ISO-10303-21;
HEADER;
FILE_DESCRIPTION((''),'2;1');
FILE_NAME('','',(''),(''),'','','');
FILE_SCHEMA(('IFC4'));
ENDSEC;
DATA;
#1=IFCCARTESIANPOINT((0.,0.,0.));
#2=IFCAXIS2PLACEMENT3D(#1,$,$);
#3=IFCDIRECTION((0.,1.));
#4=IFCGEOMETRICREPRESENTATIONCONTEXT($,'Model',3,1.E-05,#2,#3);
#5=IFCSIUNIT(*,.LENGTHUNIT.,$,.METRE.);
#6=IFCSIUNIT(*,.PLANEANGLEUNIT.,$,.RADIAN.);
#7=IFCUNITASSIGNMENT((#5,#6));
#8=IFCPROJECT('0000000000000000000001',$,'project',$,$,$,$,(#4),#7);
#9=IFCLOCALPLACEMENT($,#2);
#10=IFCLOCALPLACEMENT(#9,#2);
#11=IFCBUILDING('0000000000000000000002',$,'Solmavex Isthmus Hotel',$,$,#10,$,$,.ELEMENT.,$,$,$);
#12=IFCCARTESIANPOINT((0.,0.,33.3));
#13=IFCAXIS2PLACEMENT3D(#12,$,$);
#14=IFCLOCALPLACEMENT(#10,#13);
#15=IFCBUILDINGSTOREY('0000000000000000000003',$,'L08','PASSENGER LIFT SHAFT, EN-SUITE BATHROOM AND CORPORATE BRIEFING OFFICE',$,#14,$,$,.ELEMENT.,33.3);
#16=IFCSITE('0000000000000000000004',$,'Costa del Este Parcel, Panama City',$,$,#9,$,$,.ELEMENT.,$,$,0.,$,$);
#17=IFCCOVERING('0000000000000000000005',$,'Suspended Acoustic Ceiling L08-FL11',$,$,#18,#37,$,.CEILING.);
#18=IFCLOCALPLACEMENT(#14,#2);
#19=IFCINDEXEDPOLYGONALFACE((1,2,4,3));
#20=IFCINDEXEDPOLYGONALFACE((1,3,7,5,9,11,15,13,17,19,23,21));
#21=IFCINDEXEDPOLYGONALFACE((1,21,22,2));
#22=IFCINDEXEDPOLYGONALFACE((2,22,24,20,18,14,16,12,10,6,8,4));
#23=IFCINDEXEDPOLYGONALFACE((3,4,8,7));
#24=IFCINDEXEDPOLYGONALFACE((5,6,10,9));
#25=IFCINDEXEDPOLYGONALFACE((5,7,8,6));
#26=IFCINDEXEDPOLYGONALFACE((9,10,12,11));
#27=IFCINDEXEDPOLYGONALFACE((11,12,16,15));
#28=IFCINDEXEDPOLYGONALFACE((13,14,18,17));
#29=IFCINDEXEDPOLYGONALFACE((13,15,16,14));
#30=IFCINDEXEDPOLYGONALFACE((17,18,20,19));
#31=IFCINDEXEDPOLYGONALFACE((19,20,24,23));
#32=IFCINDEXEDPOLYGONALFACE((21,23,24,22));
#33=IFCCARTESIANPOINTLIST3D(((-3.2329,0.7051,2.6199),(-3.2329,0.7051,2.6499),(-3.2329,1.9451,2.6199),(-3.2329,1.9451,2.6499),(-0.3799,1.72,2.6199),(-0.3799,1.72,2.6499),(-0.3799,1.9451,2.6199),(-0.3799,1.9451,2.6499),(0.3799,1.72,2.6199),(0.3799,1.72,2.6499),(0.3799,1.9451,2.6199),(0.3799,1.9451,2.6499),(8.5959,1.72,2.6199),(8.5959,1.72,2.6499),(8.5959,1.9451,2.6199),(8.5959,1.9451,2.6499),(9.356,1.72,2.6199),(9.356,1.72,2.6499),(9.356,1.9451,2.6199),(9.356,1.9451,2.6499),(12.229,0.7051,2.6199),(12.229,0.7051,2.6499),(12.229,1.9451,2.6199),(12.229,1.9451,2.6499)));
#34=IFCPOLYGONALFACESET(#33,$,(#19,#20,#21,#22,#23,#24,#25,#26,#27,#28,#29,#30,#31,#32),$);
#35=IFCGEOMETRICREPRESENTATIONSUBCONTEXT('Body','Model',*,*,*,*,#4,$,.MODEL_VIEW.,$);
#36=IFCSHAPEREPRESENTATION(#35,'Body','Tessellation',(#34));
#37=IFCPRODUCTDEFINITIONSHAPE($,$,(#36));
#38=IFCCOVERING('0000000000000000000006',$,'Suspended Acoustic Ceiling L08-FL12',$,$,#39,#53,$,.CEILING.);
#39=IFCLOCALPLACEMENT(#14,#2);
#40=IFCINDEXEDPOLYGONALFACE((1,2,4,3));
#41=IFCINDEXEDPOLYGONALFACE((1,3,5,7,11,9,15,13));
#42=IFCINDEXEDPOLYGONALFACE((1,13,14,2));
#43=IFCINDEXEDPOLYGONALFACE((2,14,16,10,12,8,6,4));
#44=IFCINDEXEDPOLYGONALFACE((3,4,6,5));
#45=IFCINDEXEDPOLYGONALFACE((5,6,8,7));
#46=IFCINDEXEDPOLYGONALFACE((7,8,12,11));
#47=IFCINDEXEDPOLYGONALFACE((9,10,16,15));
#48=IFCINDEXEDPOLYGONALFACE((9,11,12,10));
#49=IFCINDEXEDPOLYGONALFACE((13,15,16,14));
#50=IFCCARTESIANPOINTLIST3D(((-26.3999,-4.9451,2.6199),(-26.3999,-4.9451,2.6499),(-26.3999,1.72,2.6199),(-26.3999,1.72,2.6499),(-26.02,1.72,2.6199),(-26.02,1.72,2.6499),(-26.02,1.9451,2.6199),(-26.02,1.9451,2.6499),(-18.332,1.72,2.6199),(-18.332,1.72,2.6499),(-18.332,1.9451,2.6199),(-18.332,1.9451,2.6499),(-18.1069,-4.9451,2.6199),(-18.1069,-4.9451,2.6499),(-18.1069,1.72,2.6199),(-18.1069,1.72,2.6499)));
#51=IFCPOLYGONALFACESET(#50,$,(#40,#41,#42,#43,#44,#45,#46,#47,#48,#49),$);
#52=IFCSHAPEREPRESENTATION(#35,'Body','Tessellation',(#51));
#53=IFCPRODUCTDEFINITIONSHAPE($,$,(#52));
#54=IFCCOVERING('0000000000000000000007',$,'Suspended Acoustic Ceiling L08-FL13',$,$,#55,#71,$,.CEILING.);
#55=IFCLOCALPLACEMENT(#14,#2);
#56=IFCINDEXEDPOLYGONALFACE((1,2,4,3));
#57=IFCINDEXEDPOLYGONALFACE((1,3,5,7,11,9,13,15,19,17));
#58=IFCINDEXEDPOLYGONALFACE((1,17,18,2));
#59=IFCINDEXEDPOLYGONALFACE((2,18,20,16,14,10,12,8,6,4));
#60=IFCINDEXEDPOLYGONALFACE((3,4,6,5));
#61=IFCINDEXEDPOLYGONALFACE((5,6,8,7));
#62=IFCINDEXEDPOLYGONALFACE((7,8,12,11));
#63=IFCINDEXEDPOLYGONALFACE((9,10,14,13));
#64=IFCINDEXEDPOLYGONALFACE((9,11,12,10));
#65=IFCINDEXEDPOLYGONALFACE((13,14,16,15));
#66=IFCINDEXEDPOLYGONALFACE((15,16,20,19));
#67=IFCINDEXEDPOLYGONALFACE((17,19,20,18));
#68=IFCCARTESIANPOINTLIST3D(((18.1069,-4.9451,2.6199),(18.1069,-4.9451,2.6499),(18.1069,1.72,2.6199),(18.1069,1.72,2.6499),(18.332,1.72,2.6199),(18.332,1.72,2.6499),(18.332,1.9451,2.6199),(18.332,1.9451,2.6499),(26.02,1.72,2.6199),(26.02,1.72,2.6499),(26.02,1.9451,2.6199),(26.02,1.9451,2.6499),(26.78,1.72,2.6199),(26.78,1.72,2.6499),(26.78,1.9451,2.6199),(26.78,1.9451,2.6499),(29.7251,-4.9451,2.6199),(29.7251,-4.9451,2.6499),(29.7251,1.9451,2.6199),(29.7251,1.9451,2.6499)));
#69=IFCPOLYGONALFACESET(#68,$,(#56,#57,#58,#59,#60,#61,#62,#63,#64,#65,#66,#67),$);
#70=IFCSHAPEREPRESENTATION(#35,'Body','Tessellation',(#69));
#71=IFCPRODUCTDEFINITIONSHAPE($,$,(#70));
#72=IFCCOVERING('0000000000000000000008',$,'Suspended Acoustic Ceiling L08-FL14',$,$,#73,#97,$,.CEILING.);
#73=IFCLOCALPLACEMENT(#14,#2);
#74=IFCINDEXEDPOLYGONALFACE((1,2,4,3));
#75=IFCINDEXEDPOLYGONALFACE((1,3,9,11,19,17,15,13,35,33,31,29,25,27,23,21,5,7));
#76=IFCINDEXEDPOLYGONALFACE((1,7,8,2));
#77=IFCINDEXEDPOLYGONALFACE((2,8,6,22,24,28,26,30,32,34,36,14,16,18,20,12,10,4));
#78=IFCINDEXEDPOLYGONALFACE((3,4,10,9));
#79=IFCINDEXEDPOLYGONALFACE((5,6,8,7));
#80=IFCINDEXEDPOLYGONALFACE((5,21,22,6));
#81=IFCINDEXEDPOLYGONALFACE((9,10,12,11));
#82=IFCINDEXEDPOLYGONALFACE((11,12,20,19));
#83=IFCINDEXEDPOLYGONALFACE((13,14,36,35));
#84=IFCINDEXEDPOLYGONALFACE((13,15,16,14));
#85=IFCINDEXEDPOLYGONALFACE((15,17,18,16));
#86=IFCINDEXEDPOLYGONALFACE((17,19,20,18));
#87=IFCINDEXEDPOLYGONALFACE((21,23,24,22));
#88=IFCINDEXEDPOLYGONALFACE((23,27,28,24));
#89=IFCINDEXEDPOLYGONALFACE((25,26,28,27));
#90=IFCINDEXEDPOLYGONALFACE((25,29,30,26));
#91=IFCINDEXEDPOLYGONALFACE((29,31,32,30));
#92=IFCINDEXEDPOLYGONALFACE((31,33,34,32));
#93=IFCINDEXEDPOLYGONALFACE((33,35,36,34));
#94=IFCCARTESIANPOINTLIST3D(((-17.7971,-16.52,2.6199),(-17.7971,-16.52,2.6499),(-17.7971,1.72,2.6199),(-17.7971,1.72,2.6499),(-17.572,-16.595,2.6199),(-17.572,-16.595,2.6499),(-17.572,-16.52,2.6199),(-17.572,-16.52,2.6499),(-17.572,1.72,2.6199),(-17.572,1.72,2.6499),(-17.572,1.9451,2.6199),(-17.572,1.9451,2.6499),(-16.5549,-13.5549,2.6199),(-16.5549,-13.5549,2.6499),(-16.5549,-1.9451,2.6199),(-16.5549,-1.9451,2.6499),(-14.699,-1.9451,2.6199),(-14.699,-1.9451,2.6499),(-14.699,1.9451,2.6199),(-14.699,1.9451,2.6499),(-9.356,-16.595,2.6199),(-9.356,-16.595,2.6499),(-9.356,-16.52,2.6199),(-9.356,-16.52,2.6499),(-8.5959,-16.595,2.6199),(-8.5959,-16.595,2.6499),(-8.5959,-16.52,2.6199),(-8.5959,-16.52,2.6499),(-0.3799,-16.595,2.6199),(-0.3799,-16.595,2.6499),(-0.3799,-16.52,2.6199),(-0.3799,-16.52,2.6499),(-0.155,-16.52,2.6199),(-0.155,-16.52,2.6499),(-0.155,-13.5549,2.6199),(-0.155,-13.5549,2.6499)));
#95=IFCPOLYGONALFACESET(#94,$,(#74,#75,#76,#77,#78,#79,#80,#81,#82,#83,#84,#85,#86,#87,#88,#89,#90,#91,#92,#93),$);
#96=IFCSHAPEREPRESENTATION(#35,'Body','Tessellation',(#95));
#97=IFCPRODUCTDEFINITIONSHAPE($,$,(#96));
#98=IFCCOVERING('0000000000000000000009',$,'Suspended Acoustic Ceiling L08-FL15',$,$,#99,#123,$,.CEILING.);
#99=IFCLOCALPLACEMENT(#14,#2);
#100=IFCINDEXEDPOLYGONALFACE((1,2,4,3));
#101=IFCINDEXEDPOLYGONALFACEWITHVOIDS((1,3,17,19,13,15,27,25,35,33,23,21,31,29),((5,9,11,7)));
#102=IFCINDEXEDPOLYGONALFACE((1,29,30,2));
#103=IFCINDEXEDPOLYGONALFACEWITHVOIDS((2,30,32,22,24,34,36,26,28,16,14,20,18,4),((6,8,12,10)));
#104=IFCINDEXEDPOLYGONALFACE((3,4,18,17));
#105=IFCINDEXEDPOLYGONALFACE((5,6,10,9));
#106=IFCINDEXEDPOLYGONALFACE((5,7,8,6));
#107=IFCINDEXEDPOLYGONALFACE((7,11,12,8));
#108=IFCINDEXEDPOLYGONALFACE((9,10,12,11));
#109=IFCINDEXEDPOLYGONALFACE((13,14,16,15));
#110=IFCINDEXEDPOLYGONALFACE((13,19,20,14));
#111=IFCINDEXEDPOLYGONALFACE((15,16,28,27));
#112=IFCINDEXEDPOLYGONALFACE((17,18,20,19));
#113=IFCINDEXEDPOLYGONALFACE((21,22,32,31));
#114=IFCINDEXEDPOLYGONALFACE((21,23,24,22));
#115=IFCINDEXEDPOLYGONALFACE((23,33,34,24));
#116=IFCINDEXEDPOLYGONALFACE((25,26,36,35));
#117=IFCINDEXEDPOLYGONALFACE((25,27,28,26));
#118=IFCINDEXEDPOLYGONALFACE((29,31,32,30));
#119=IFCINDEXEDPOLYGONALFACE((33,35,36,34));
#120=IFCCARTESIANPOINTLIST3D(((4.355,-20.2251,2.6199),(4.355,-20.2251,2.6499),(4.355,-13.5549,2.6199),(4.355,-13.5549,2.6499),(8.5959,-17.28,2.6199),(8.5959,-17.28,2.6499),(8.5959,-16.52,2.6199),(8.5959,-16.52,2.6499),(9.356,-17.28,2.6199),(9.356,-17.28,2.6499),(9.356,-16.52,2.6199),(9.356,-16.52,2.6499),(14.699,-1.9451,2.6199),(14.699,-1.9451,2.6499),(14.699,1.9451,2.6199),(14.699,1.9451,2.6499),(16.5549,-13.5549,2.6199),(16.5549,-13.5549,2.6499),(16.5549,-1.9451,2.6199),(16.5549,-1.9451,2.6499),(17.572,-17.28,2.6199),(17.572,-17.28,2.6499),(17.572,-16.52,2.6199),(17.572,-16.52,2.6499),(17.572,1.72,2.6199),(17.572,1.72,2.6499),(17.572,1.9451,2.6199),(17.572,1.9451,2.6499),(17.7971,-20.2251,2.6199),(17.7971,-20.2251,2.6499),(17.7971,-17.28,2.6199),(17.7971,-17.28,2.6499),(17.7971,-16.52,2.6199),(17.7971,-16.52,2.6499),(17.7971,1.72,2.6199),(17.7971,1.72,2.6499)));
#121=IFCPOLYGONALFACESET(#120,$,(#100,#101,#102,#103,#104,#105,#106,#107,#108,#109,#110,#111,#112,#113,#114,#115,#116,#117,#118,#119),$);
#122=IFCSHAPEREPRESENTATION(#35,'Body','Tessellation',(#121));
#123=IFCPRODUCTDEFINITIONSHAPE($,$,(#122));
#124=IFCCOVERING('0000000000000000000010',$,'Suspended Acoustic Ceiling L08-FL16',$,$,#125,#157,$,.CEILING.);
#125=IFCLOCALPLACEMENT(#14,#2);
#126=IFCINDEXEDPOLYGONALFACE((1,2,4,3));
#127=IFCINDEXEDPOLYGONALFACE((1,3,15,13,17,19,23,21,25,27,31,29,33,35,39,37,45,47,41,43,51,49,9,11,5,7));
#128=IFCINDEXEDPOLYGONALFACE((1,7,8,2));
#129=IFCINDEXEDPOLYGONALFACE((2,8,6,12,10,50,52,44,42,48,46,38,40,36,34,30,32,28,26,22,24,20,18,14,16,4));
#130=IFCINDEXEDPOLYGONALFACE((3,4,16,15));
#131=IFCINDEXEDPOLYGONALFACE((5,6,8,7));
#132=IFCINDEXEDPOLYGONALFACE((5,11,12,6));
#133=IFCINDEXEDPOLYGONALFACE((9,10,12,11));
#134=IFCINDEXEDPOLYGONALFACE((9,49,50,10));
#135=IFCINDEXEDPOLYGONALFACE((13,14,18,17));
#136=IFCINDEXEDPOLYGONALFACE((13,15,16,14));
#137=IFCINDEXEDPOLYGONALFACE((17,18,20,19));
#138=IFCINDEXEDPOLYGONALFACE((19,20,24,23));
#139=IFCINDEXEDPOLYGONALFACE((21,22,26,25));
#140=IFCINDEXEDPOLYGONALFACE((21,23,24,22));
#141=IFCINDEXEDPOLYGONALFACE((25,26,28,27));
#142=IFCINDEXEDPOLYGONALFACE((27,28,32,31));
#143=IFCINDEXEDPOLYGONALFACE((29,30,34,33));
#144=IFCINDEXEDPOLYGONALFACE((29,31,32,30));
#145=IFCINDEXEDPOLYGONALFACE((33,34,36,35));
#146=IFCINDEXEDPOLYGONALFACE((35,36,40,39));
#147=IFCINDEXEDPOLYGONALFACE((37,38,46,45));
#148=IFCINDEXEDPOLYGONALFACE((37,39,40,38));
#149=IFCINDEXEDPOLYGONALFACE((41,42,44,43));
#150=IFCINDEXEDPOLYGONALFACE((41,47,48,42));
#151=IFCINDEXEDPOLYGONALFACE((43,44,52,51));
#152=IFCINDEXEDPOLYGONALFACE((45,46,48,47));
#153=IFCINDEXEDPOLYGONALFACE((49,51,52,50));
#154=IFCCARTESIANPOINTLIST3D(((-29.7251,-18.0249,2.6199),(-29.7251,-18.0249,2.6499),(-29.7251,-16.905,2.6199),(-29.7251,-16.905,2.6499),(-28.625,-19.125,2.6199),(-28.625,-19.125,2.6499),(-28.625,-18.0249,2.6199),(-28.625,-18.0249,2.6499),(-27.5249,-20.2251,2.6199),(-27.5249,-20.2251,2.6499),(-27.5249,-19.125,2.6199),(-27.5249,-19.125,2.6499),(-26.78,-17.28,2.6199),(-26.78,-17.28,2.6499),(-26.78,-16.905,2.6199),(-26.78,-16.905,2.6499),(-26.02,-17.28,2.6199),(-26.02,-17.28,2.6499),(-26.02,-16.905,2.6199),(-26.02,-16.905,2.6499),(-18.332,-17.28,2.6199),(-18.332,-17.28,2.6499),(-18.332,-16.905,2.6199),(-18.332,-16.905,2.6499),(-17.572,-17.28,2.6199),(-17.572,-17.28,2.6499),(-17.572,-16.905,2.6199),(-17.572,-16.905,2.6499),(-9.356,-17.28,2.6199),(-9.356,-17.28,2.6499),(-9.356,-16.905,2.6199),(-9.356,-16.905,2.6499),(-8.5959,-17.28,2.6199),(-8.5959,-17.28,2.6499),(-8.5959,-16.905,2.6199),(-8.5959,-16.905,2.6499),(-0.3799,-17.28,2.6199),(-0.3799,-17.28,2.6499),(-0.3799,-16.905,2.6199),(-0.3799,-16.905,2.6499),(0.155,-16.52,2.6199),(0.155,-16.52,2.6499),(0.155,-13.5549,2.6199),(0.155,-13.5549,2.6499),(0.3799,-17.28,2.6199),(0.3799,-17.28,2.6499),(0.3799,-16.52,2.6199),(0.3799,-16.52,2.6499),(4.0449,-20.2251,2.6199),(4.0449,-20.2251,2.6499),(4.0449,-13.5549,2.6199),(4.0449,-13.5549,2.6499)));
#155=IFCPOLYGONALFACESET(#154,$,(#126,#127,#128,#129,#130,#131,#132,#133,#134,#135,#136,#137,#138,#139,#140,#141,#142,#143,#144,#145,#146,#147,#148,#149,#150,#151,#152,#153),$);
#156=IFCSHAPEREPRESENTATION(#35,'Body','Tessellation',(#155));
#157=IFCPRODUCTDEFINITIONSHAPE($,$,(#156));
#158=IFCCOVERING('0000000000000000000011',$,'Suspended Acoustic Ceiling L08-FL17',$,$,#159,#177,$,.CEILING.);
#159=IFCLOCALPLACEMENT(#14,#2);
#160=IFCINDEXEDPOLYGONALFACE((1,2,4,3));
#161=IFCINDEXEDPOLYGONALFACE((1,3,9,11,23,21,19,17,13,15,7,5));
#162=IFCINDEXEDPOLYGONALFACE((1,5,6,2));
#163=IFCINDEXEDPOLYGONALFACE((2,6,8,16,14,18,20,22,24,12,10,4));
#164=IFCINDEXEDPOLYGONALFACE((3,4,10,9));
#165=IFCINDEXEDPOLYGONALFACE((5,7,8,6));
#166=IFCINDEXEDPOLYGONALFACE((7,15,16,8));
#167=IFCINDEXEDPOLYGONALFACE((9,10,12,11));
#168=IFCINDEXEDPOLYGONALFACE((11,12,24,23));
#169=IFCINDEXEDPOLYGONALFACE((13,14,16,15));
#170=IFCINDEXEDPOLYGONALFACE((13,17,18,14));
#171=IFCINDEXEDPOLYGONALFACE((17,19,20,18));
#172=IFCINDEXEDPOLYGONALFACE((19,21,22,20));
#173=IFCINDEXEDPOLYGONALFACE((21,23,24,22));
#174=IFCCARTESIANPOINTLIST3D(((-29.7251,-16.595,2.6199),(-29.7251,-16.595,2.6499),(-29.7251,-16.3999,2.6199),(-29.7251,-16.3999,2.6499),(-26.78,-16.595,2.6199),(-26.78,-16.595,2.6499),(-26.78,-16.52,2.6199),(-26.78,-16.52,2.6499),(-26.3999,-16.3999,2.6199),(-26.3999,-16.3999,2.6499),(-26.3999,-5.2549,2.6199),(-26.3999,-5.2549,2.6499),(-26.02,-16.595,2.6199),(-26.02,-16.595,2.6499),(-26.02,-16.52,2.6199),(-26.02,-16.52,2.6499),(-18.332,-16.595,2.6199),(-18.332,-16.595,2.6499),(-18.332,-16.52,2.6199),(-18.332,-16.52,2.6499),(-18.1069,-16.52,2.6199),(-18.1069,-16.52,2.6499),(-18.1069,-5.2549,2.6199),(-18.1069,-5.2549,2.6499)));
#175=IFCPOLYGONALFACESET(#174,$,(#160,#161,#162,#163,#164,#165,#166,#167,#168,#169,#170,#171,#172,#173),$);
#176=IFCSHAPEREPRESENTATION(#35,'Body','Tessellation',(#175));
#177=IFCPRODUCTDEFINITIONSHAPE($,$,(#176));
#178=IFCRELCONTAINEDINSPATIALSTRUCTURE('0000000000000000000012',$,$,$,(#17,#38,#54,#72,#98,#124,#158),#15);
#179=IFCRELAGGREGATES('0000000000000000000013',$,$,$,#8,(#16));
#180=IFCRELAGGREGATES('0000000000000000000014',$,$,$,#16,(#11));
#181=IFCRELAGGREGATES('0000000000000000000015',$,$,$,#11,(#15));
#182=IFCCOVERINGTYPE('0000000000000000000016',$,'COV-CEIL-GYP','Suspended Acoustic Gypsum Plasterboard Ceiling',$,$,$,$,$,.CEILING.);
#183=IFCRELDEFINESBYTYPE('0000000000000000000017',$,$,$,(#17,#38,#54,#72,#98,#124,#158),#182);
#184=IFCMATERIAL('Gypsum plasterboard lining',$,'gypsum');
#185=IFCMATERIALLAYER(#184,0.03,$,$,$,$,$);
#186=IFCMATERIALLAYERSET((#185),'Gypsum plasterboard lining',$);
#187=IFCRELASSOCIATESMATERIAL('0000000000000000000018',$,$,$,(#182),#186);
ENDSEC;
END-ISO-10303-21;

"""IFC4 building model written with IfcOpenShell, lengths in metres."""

from ifc_helpers import new_model, si_unit, direction, frame, origin, place, context, subcontext, project, spatial, polyline, outline, extrude, material, layer, layer_set, type_object, element, save


model = new_model("IFC4")

# Units and contexts
model_context = context("Model", 3, precision=1e-05, world=origin(), true_north=direction((0.0, 1.0)))
body_context = subcontext(model_context, "Body", "Model", "MODEL_VIEW")
ifc_project = project(units=[si_unit("LENGTHUNIT", "METRE"), si_unit("PLANEANGLEUNIT", "RADIAN")], contexts=[model_context])

# Site, building, storey
site_placement = place(None, origin())
site = spatial("IfcSite", under=ifc_project, at=site_placement, Name="Costa del Este Parcel, Panama City", CompositionType="ELEMENT", RefElevation=0.0)
building_placement = place(site_placement, origin())
building = spatial("IfcBuilding", under=site, at=building_placement, Name="Solmavex Isthmus Hotel", CompositionType="ELEMENT")
storey_placement = place(building_placement, frame((0.0, 0.0, 33.3)))
storey = spatial("IfcBuildingStorey", under=building, at=storey_placement, Name="L08", Description="PASSENGER LIFT SHAFT, EN-SUITE BATHROOM AND CORPORATE BRIEFING OFFICE", CompositionType="ELEMENT", Elevation=33.3)

# Shared definitions
ifc_material_1 = material(Name="Gypsum plasterboard lining", Category="gypsum")

# Coverings
ifc_layer_1 = layer(ifc_material_1, 0.03)
ifc_layer_set_1 = layer_set([ifc_layer_1], Name="Gypsum plasterboard lining")
covering_type_1 = type_object("IfcCoveringType", Name="COV-CEIL-GYP", Description="Suspended Acoustic Gypsum Plasterboard Ceiling", PredefinedType="CEILING", material=ifc_layer_set_1)
covering_1_placement = place(storey_placement, frame((0.0, 0.0, 2.6199)))
element("IfcCovering", 1, at=covering_1_placement, inside=storey, type_object=covering_type_1, Name="Suspended Acoustic Ceiling L08-FL11", PredefinedType="CEILING", context=body_context, shape_type="SweptSolid", body=[
    extrude(outline(polyline([(0.3799, 1.9451), (0.3799, 1.72), (-0.3799, 1.72), (-0.3799, 1.9451), (-3.2329, 1.9451), (-3.2329, 0.7051), (12.229, 0.7051), (12.229, 1.9451), (9.356, 1.9451), (9.356, 1.72), (8.5959, 1.72), (8.5959, 1.9451), (0.3799, 1.9451)])), origin(), (0.0, 0.0, 1.0), 0.03),
])
covering_2_placement = place(storey_placement, frame((0.0, 0.0, 2.6199)))
element("IfcCovering", 2, at=covering_2_placement, inside=storey, type_object=covering_type_1, Name="Suspended Acoustic Ceiling L08-FL12", PredefinedType="CEILING", context=body_context, shape_type="SweptSolid", body=[
    extrude(outline(polyline([(-26.02, 1.9451), (-26.02, 1.72), (-26.3999, 1.72), (-26.3999, -4.9451), (-18.1069, -4.9451), (-18.1069, 1.72), (-18.332, 1.72), (-18.332, 1.9451), (-26.02, 1.9451)])), origin(), (0.0, 0.0, 1.0), 0.03),
])
covering_3_placement = place(storey_placement, frame((0.0, 0.0, 2.6199)))
element("IfcCovering", 3, at=covering_3_placement, inside=storey, type_object=covering_type_1, Name="Suspended Acoustic Ceiling L08-FL13", PredefinedType="CEILING", context=body_context, shape_type="SweptSolid", body=[
    extrude(outline(polyline([(26.78, 1.9451), (26.78, 1.72), (26.02, 1.72), (26.02, 1.9451), (18.332, 1.9451), (18.332, 1.72), (18.1069, 1.72), (18.1069, -4.9451), (29.7251, -4.9451), (29.7251, 1.9451), (26.78, 1.9451)])), origin(), (0.0, 0.0, 1.0), 0.03),
])
covering_4_placement = place(storey_placement, frame((0.0, 0.0, 2.6199)))
element("IfcCovering", 4, at=covering_4_placement, inside=storey, type_object=covering_type_1, Name="Suspended Acoustic Ceiling L08-FL14", PredefinedType="CEILING", context=body_context, shape_type="SweptSolid", body=[
    extrude(outline(polyline([(-17.7971, -16.52), (-17.572, -16.52), (-17.572, -16.595), (-9.356, -16.595), (-9.356, -16.52), (-8.5959, -16.52), (-8.5959, -16.595), (-0.3799, -16.595), (-0.3799, -16.52), (-0.155, -16.52), (-0.155, -13.5549), (-16.5549, -13.5549), (-16.5549, -1.9451), (-14.699, -1.9451), (-14.699, 1.9451), (-17.572, 1.9451), (-17.572, 1.72), (-17.7971, 1.72), (-17.7971, -16.52)])), origin(), (0.0, 0.0, 1.0), 0.03),
])
covering_5_placement = place(storey_placement, frame((0.0, 0.0, 2.6199)))
element("IfcCovering", 5, at=covering_5_placement, inside=storey, type_object=covering_type_1, Name="Suspended Acoustic Ceiling L08-FL15", PredefinedType="CEILING", context=body_context, shape_type="SweptSolid", body=[
    extrude(outline(polyline([(17.7971, 1.72), (17.572, 1.72), (17.572, 1.9451), (14.699, 1.9451), (14.699, -1.9451), (16.5549, -1.9451), (16.5549, -13.5549), (4.355, -13.5549), (4.355, -20.2251), (17.7971, -20.2251), (17.7971, -17.28), (17.572, -17.28), (17.572, -16.52), (17.7971, -16.52), (17.7971, 1.72)]), holes=[polyline([(8.5959, -17.28), (8.5959, -16.52), (9.356, -16.52), (9.356, -17.28), (8.5959, -17.28)])]), origin(), (0.0, 0.0, 1.0), 0.03),
])
covering_6_placement = place(storey_placement, frame((0.0, 0.0, 2.6199)))
element("IfcCovering", 6, at=covering_6_placement, inside=storey, type_object=covering_type_1, Name="Suspended Acoustic Ceiling L08-FL16", PredefinedType="CEILING", context=body_context, shape_type="SweptSolid", body=[
    extrude(outline(polyline([(-26.02, -16.905), (-26.02, -17.28), (-26.78, -17.28), (-26.78, -16.905), (-29.7251, -16.905), (-29.7251, -18.0249), (-28.625, -18.0249), (-28.625, -19.125), (-27.5249, -19.125), (-27.5249, -20.2251), (4.0449, -20.2251), (4.0449, -13.5549), (0.155, -13.5549), (0.155, -16.52), (0.3799, -16.52), (0.3799, -17.28), (-0.3799, -17.28), (-0.3799, -16.905), (-8.5959, -16.905), (-8.5959, -17.28), (-9.356, -17.28), (-9.356, -16.905), (-17.572, -16.905), (-17.572, -17.28), (-18.332, -17.28), (-18.332, -16.905), (-26.02, -16.905)])), origin(), (0.0, 0.0, 1.0), 0.03),
])
covering_7_placement = place(storey_placement, frame((0.0, 0.0, 2.6199)))
element("IfcCovering", 7, at=covering_7_placement, inside=storey, type_object=covering_type_1, Name="Suspended Acoustic Ceiling L08-FL17", PredefinedType="CEILING", context=body_context, shape_type="SweptSolid", body=[
    extrude(outline(polyline([(-26.78, -16.595), (-26.78, -16.52), (-26.02, -16.52), (-26.02, -16.595), (-18.332, -16.595), (-18.332, -16.52), (-18.1069, -16.52), (-18.1069, -5.2549), (-26.3999, -5.2549), (-26.3999, -16.3999), (-29.7251, -16.3999), (-29.7251, -16.595), (-26.78, -16.595)])), origin(), (0.0, 0.0, 1.0), 0.03),
])

save(model, "model.ifc")
